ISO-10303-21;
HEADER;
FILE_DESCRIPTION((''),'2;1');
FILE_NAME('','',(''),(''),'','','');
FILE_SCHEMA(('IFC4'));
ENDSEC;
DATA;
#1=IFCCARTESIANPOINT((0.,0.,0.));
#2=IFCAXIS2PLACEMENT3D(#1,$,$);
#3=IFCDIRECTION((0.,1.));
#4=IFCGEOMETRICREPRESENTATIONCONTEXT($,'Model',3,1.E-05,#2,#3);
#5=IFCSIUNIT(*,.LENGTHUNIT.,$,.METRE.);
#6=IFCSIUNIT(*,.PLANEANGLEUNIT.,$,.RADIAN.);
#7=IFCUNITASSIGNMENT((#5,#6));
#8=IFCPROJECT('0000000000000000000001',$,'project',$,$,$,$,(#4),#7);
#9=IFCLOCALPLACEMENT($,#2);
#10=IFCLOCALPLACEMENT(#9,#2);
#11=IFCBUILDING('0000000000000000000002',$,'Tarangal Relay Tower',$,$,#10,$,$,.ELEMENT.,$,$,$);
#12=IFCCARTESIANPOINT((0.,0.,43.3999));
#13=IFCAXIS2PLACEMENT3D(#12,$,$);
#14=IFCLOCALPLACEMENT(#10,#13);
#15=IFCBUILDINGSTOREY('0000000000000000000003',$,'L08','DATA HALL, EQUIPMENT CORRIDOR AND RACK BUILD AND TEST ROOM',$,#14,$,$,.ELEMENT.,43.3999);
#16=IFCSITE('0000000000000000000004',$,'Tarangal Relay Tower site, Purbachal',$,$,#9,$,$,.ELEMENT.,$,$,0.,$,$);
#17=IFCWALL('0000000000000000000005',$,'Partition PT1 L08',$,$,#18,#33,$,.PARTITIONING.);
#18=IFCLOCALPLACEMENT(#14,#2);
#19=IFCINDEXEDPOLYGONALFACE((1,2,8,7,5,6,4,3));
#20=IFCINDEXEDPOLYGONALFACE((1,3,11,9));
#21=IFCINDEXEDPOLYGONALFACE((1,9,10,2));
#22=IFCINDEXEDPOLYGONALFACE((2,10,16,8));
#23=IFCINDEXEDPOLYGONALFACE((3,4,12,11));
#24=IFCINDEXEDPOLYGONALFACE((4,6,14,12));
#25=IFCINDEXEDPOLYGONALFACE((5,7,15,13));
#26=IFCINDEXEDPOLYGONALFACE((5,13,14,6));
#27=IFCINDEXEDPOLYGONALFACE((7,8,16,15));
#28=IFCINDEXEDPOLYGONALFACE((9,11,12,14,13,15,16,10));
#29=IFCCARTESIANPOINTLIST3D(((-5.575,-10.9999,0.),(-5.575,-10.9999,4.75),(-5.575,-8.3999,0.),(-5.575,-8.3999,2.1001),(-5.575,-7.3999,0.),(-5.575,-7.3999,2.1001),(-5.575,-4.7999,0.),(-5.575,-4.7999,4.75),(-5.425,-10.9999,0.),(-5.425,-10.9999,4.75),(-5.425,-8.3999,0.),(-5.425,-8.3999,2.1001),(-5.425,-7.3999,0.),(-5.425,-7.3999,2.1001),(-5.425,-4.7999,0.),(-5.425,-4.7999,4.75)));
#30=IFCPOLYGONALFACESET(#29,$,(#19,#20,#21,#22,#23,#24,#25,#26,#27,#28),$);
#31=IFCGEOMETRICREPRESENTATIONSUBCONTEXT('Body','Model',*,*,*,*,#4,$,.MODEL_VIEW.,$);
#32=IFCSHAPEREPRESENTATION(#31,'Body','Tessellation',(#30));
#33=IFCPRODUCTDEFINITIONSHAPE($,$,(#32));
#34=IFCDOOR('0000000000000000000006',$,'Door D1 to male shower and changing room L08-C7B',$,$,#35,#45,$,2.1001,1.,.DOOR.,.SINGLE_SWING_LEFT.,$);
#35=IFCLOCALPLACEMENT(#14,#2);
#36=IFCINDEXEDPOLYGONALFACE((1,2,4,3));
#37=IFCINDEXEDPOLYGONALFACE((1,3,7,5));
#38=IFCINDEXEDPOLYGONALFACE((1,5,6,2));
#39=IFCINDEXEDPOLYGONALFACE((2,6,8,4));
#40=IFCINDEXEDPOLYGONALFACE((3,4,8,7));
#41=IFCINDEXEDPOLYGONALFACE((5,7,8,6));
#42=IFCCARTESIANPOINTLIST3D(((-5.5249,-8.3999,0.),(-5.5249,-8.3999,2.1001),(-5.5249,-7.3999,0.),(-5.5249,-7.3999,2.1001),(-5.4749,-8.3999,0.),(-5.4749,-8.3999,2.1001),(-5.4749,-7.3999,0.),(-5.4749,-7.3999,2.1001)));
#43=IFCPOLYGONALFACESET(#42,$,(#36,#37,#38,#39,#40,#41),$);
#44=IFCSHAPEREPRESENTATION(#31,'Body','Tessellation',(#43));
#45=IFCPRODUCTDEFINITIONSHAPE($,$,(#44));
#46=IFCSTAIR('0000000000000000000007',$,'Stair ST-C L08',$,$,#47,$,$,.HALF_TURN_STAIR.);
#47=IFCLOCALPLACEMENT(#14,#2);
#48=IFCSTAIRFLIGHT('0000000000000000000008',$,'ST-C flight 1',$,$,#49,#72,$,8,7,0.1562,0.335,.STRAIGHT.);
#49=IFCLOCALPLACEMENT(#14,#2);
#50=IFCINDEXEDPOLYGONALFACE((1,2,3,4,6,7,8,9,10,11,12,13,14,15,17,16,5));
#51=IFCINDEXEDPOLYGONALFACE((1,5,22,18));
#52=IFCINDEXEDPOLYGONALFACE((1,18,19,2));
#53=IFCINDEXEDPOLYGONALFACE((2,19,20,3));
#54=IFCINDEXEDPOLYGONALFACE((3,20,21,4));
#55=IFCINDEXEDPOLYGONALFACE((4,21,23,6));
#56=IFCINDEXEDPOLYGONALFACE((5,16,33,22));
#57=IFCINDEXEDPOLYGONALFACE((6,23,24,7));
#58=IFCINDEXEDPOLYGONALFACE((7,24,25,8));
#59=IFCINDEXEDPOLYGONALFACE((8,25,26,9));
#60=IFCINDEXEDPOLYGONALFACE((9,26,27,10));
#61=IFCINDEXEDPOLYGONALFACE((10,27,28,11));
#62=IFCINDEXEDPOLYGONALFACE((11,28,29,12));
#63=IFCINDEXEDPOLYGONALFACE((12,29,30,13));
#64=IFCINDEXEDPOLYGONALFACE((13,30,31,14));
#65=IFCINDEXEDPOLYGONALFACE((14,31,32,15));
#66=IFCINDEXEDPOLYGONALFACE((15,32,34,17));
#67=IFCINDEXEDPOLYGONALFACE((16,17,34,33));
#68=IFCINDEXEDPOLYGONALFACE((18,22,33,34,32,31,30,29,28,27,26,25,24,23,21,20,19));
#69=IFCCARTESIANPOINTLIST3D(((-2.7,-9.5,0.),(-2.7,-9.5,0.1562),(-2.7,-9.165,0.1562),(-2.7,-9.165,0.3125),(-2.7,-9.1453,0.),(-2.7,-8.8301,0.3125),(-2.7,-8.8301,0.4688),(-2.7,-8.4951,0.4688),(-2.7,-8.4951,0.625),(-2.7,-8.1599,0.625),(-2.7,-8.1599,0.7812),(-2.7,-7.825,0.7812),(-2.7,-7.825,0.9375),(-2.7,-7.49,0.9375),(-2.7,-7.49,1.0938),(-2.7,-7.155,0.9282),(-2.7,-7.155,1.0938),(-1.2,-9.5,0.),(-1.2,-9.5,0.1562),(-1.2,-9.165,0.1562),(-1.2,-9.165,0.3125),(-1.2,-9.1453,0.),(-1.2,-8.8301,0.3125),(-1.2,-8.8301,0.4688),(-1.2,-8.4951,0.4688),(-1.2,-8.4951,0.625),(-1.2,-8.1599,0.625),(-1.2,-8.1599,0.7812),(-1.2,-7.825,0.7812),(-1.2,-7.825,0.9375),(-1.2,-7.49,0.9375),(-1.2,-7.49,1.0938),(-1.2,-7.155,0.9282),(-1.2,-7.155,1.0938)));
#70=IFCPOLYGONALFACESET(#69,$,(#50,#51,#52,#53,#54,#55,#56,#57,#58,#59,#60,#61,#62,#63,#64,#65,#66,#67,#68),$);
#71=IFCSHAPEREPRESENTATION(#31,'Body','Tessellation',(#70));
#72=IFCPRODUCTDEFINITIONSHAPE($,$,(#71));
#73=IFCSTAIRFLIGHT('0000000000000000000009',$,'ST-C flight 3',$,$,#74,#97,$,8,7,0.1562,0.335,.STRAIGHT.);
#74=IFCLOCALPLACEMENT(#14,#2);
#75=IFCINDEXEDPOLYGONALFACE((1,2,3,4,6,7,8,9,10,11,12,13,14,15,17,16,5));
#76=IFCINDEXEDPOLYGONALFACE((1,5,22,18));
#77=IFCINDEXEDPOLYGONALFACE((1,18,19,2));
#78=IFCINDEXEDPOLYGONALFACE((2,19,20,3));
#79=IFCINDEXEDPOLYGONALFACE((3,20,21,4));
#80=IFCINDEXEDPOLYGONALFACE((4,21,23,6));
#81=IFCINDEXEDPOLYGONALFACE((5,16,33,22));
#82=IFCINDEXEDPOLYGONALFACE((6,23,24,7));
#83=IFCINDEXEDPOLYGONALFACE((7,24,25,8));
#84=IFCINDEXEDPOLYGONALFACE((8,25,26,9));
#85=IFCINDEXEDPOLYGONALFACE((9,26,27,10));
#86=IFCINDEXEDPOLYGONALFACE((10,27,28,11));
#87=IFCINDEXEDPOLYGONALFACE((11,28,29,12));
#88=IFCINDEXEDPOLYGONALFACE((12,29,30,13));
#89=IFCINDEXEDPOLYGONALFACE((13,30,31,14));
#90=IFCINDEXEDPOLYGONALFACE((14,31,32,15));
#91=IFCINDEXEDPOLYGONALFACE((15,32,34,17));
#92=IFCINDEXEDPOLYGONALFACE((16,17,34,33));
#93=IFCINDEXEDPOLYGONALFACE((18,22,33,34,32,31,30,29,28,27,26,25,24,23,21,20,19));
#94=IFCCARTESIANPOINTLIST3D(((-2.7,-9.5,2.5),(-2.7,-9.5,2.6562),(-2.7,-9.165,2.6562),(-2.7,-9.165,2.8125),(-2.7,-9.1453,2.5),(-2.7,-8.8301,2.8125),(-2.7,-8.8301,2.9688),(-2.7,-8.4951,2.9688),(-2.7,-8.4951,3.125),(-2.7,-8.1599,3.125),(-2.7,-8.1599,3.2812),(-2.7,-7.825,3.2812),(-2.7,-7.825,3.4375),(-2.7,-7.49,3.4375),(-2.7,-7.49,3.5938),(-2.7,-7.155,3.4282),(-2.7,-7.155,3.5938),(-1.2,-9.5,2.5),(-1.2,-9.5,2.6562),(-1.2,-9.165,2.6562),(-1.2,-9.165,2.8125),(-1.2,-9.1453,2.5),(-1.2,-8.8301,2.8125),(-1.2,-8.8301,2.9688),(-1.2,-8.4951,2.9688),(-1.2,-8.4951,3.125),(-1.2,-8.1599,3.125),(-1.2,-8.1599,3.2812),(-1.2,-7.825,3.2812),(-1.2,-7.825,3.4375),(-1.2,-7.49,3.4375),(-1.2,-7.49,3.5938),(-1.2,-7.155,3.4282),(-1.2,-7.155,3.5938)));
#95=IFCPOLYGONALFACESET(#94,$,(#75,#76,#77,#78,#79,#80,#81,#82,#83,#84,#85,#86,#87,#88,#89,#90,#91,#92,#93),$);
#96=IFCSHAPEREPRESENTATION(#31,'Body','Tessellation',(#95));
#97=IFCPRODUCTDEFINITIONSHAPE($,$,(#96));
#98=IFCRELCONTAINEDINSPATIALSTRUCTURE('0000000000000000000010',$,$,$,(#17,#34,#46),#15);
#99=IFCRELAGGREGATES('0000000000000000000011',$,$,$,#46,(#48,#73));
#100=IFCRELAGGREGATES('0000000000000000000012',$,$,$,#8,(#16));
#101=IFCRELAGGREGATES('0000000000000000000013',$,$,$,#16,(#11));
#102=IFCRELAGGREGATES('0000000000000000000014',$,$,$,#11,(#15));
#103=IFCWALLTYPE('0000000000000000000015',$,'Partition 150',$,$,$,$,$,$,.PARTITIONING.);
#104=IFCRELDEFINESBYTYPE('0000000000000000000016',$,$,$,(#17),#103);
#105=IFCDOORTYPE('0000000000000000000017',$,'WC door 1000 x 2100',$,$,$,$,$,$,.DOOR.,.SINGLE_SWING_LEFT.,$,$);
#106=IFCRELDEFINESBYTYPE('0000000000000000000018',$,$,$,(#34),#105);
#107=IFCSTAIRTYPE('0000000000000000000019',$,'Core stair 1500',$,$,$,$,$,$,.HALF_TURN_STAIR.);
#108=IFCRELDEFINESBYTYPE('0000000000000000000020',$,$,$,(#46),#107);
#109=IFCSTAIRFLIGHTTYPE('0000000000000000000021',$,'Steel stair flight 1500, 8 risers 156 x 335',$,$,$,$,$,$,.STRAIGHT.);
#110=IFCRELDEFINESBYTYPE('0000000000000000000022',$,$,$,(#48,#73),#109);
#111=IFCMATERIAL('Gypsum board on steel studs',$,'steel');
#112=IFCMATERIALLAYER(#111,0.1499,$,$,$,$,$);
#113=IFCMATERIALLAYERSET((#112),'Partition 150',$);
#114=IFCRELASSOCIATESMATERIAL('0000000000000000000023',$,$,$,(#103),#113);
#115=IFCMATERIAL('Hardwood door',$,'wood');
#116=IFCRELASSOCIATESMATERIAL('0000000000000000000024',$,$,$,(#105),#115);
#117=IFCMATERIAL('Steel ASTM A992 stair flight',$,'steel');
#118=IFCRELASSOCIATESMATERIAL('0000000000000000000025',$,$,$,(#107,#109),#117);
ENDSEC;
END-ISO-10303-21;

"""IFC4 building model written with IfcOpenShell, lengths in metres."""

from ifc_helpers import new_model, si_unit, direction, frame, frame_2d, origin, place, context, subcontext, project, spatial, polyline, rectangle, outline, extrude, material, layer, layer_set, type_object, element, fill, aggregate, save


model = new_model("IFC4")

# Units and contexts
model_context = context("Model", 3, precision=1e-05, world=origin(), true_north=direction((0.0, 1.0)))
body_context = subcontext(model_context, "Body", "Model", "MODEL_VIEW")
ifc_project = project(units=[si_unit("LENGTHUNIT", "METRE"), si_unit("PLANEANGLEUNIT", "RADIAN")], contexts=[model_context])

# Site, building, storey
site_placement = place(None, origin())
site = spatial("IfcSite", under=ifc_project, at=site_placement, Name="Tarangal Relay Tower site, Purbachal", CompositionType="ELEMENT", RefElevation=0.0)
building_placement = place(site_placement, origin())
building = spatial("IfcBuilding", under=site, at=building_placement, Name="Tarangal Relay Tower", CompositionType="ELEMENT")
storey_placement = place(building_placement, frame((0.0, 0.0, 43.3999)))
storey = spatial("IfcBuildingStorey", under=building, at=storey_placement, Name="L08", Description="DATA HALL, EQUIPMENT CORRIDOR AND RACK BUILD AND TEST ROOM", CompositionType="ELEMENT", Elevation=43.3999)

# Wall, opening, door
ifc_material_1 = material(Name="Gypsum board on steel studs", Category="steel")
ifc_layer_1 = layer(ifc_material_1, 0.1499)
ifc_layer_set_1 = layer_set([ifc_layer_1], Name="Partition 150")
wall_type_1 = type_object("IfcWallType", Name="Partition 150", PredefinedType="PARTITIONING", material=ifc_layer_set_1)
wall_1_placement = place(storey_placement, frame((-5.5, -11.0, 0.0), z_axis=(0.0, 0.0, 1.0), x_axis=(0.0, 1.0, 0.0)))
wall_1 = element("IfcWall", 1, at=wall_1_placement, inside=storey, type_object=wall_type_1, Name="Partition PT1 L08", PredefinedType="PARTITIONING", context=body_context, shape_type="SweptSolid", body=[
    extrude(rectangle(XDim=6.2, YDim=0.1499, at=frame_2d((3.1001, 0.0))), origin(), (0.0, 0.0, 1.0), 4.75),
])
opening_placement = place(wall_1_placement, frame((2.6001, 0.0, 0.0)))
opening = element("IfcOpeningElement", 2, at=opening_placement, cuts=wall_1, PredefinedType="OPENING", context=body_context, shape_type="SweptSolid", body=[
    extrude(rectangle(XDim=1.0, YDim=2.1001, at=frame_2d((0.5, 1.05))), frame((0.0, 0.085, 0.0), z_axis=(0.0, -1.0, 0.0), x_axis=(1.0, 0.0, 0.0)), (0.0, 0.0, 1.0), 0.1699),
])
ifc_material_2 = material(Name="Hardwood door", Category="wood")
door_type = type_object("IfcDoorType", Name="WC door 1000 x 2100", OperationType="SINGLE_SWING_LEFT", PredefinedType="DOOR", material=ifc_material_2)
door_placement = place(opening_placement, origin())
door = element("IfcDoor", 3, at=door_placement, inside=storey, type_object=door_type, Name="Door D1 to male shower and changing room L08-C7B", OperationType="SINGLE_SWING_LEFT", OverallHeight=2.1001, OverallWidth=1.0, PredefinedType="DOOR", context=body_context, shape_type="SweptSolid", body=[
    extrude(rectangle(XDim=1.0, YDim=2.1001, at=frame_2d((0.5, 1.05))), frame((0.0, 0.0249, 0.0), z_axis=(0.0, -1.0, 0.0), x_axis=(1.0, 0.0, 0.0)), (0.0, 0.0, 1.0), 0.05),
])
fill(opening, door)

# Stair, stair flights
ifc_material_3 = material(Name="Steel ASTM A992 stair flight", Category="steel")
stair_type = type_object("IfcStairType", Name="Core stair 1500", PredefinedType="HALF_TURN_STAIR", material=ifc_material_3)
stair_placement = place(storey_placement, origin())
stair = element("IfcStair", 4, at=stair_placement, inside=storey, type_object=stair_type, Name="Stair ST-C L08", PredefinedType="HALF_TURN_STAIR")
stair_flight_type = type_object("IfcStairFlightType", Name="Steel stair flight 1500, 8 risers 156 x 335", PredefinedType="STRAIGHT", material=ifc_material_3)
stair_flight_1_placement = place(storey_placement, frame((-1.95, -9.5, 0.0), z_axis=(0.0, 0.0, 1.0), x_axis=(0.0, 1.0, 0.0)))
stair_flight_1 = element("IfcStairFlight", 5, at=stair_flight_1_placement, type_object=stair_flight_type, Name="ST-C flight 1", NumberOfRisers=8, NumberOfTreads=7, PredefinedType="STRAIGHT", RiserHeight=0.1562, TreadLength=0.335, context=body_context, shape_type="SweptSolid", body=[
    extrude(outline(polyline([(0.0, 0.0), (0.0, 0.1562), (0.335, 0.1562), (0.335, 0.3125), (0.6699, 0.3125), (0.6699, 0.4688), (1.0049, 0.4688), (1.0049, 0.625), (1.3401, 0.625), (1.3401, 0.7812), (1.675, 0.7812), (1.675, 0.9375), (2.01, 0.9375), (2.01, 1.0938), (2.345, 1.0938), (2.345, 1.25), (2.345, 0.9282), (0.3547, 0.0), (0.0, 0.0)])), frame((0.0, 0.75, 0.0), z_axis=(0.0, -1.0, 0.0), x_axis=(1.0, 0.0, 0.0)), (0.0, 0.0, 1.0), 1.5),
])
stair_flight_2_placement = place(storey_placement, frame((-1.95, -9.5, 2.5), z_axis=(0.0, 0.0, 1.0), x_axis=(0.0, 1.0, 0.0)))
stair_flight_2 = element("IfcStairFlight", 6, at=stair_flight_2_placement, type_object=stair_flight_type, Name="ST-C flight 3", NumberOfRisers=8, NumberOfTreads=7, PredefinedType="STRAIGHT", RiserHeight=0.1562, TreadLength=0.335, context=body_context, shape_type="SweptSolid", body=[
    extrude(outline(polyline([(0.0, 0.0), (0.0, 0.1562), (0.335, 0.1562), (0.335, 0.3125), (0.6699, 0.3125), (0.6699, 0.4688), (1.0049, 0.4688), (1.0049, 0.625), (1.3401, 0.625), (1.3401, 0.7812), (1.675, 0.7812), (1.675, 0.9375), (2.01, 0.9375), (2.01, 1.0938), (2.345, 1.0938), (2.345, 1.25), (2.345, 0.9282), (0.3547, 0.0), (0.0, 0.0)])), frame((0.0, 0.75, 0.0), z_axis=(0.0, -1.0, 0.0), x_axis=(1.0, 0.0, 0.0)), (0.0, 0.0, 1.0), 1.5),
])
aggregate(stair, [stair_flight_1, stair_flight_2])

save(model, "model.ifc")
